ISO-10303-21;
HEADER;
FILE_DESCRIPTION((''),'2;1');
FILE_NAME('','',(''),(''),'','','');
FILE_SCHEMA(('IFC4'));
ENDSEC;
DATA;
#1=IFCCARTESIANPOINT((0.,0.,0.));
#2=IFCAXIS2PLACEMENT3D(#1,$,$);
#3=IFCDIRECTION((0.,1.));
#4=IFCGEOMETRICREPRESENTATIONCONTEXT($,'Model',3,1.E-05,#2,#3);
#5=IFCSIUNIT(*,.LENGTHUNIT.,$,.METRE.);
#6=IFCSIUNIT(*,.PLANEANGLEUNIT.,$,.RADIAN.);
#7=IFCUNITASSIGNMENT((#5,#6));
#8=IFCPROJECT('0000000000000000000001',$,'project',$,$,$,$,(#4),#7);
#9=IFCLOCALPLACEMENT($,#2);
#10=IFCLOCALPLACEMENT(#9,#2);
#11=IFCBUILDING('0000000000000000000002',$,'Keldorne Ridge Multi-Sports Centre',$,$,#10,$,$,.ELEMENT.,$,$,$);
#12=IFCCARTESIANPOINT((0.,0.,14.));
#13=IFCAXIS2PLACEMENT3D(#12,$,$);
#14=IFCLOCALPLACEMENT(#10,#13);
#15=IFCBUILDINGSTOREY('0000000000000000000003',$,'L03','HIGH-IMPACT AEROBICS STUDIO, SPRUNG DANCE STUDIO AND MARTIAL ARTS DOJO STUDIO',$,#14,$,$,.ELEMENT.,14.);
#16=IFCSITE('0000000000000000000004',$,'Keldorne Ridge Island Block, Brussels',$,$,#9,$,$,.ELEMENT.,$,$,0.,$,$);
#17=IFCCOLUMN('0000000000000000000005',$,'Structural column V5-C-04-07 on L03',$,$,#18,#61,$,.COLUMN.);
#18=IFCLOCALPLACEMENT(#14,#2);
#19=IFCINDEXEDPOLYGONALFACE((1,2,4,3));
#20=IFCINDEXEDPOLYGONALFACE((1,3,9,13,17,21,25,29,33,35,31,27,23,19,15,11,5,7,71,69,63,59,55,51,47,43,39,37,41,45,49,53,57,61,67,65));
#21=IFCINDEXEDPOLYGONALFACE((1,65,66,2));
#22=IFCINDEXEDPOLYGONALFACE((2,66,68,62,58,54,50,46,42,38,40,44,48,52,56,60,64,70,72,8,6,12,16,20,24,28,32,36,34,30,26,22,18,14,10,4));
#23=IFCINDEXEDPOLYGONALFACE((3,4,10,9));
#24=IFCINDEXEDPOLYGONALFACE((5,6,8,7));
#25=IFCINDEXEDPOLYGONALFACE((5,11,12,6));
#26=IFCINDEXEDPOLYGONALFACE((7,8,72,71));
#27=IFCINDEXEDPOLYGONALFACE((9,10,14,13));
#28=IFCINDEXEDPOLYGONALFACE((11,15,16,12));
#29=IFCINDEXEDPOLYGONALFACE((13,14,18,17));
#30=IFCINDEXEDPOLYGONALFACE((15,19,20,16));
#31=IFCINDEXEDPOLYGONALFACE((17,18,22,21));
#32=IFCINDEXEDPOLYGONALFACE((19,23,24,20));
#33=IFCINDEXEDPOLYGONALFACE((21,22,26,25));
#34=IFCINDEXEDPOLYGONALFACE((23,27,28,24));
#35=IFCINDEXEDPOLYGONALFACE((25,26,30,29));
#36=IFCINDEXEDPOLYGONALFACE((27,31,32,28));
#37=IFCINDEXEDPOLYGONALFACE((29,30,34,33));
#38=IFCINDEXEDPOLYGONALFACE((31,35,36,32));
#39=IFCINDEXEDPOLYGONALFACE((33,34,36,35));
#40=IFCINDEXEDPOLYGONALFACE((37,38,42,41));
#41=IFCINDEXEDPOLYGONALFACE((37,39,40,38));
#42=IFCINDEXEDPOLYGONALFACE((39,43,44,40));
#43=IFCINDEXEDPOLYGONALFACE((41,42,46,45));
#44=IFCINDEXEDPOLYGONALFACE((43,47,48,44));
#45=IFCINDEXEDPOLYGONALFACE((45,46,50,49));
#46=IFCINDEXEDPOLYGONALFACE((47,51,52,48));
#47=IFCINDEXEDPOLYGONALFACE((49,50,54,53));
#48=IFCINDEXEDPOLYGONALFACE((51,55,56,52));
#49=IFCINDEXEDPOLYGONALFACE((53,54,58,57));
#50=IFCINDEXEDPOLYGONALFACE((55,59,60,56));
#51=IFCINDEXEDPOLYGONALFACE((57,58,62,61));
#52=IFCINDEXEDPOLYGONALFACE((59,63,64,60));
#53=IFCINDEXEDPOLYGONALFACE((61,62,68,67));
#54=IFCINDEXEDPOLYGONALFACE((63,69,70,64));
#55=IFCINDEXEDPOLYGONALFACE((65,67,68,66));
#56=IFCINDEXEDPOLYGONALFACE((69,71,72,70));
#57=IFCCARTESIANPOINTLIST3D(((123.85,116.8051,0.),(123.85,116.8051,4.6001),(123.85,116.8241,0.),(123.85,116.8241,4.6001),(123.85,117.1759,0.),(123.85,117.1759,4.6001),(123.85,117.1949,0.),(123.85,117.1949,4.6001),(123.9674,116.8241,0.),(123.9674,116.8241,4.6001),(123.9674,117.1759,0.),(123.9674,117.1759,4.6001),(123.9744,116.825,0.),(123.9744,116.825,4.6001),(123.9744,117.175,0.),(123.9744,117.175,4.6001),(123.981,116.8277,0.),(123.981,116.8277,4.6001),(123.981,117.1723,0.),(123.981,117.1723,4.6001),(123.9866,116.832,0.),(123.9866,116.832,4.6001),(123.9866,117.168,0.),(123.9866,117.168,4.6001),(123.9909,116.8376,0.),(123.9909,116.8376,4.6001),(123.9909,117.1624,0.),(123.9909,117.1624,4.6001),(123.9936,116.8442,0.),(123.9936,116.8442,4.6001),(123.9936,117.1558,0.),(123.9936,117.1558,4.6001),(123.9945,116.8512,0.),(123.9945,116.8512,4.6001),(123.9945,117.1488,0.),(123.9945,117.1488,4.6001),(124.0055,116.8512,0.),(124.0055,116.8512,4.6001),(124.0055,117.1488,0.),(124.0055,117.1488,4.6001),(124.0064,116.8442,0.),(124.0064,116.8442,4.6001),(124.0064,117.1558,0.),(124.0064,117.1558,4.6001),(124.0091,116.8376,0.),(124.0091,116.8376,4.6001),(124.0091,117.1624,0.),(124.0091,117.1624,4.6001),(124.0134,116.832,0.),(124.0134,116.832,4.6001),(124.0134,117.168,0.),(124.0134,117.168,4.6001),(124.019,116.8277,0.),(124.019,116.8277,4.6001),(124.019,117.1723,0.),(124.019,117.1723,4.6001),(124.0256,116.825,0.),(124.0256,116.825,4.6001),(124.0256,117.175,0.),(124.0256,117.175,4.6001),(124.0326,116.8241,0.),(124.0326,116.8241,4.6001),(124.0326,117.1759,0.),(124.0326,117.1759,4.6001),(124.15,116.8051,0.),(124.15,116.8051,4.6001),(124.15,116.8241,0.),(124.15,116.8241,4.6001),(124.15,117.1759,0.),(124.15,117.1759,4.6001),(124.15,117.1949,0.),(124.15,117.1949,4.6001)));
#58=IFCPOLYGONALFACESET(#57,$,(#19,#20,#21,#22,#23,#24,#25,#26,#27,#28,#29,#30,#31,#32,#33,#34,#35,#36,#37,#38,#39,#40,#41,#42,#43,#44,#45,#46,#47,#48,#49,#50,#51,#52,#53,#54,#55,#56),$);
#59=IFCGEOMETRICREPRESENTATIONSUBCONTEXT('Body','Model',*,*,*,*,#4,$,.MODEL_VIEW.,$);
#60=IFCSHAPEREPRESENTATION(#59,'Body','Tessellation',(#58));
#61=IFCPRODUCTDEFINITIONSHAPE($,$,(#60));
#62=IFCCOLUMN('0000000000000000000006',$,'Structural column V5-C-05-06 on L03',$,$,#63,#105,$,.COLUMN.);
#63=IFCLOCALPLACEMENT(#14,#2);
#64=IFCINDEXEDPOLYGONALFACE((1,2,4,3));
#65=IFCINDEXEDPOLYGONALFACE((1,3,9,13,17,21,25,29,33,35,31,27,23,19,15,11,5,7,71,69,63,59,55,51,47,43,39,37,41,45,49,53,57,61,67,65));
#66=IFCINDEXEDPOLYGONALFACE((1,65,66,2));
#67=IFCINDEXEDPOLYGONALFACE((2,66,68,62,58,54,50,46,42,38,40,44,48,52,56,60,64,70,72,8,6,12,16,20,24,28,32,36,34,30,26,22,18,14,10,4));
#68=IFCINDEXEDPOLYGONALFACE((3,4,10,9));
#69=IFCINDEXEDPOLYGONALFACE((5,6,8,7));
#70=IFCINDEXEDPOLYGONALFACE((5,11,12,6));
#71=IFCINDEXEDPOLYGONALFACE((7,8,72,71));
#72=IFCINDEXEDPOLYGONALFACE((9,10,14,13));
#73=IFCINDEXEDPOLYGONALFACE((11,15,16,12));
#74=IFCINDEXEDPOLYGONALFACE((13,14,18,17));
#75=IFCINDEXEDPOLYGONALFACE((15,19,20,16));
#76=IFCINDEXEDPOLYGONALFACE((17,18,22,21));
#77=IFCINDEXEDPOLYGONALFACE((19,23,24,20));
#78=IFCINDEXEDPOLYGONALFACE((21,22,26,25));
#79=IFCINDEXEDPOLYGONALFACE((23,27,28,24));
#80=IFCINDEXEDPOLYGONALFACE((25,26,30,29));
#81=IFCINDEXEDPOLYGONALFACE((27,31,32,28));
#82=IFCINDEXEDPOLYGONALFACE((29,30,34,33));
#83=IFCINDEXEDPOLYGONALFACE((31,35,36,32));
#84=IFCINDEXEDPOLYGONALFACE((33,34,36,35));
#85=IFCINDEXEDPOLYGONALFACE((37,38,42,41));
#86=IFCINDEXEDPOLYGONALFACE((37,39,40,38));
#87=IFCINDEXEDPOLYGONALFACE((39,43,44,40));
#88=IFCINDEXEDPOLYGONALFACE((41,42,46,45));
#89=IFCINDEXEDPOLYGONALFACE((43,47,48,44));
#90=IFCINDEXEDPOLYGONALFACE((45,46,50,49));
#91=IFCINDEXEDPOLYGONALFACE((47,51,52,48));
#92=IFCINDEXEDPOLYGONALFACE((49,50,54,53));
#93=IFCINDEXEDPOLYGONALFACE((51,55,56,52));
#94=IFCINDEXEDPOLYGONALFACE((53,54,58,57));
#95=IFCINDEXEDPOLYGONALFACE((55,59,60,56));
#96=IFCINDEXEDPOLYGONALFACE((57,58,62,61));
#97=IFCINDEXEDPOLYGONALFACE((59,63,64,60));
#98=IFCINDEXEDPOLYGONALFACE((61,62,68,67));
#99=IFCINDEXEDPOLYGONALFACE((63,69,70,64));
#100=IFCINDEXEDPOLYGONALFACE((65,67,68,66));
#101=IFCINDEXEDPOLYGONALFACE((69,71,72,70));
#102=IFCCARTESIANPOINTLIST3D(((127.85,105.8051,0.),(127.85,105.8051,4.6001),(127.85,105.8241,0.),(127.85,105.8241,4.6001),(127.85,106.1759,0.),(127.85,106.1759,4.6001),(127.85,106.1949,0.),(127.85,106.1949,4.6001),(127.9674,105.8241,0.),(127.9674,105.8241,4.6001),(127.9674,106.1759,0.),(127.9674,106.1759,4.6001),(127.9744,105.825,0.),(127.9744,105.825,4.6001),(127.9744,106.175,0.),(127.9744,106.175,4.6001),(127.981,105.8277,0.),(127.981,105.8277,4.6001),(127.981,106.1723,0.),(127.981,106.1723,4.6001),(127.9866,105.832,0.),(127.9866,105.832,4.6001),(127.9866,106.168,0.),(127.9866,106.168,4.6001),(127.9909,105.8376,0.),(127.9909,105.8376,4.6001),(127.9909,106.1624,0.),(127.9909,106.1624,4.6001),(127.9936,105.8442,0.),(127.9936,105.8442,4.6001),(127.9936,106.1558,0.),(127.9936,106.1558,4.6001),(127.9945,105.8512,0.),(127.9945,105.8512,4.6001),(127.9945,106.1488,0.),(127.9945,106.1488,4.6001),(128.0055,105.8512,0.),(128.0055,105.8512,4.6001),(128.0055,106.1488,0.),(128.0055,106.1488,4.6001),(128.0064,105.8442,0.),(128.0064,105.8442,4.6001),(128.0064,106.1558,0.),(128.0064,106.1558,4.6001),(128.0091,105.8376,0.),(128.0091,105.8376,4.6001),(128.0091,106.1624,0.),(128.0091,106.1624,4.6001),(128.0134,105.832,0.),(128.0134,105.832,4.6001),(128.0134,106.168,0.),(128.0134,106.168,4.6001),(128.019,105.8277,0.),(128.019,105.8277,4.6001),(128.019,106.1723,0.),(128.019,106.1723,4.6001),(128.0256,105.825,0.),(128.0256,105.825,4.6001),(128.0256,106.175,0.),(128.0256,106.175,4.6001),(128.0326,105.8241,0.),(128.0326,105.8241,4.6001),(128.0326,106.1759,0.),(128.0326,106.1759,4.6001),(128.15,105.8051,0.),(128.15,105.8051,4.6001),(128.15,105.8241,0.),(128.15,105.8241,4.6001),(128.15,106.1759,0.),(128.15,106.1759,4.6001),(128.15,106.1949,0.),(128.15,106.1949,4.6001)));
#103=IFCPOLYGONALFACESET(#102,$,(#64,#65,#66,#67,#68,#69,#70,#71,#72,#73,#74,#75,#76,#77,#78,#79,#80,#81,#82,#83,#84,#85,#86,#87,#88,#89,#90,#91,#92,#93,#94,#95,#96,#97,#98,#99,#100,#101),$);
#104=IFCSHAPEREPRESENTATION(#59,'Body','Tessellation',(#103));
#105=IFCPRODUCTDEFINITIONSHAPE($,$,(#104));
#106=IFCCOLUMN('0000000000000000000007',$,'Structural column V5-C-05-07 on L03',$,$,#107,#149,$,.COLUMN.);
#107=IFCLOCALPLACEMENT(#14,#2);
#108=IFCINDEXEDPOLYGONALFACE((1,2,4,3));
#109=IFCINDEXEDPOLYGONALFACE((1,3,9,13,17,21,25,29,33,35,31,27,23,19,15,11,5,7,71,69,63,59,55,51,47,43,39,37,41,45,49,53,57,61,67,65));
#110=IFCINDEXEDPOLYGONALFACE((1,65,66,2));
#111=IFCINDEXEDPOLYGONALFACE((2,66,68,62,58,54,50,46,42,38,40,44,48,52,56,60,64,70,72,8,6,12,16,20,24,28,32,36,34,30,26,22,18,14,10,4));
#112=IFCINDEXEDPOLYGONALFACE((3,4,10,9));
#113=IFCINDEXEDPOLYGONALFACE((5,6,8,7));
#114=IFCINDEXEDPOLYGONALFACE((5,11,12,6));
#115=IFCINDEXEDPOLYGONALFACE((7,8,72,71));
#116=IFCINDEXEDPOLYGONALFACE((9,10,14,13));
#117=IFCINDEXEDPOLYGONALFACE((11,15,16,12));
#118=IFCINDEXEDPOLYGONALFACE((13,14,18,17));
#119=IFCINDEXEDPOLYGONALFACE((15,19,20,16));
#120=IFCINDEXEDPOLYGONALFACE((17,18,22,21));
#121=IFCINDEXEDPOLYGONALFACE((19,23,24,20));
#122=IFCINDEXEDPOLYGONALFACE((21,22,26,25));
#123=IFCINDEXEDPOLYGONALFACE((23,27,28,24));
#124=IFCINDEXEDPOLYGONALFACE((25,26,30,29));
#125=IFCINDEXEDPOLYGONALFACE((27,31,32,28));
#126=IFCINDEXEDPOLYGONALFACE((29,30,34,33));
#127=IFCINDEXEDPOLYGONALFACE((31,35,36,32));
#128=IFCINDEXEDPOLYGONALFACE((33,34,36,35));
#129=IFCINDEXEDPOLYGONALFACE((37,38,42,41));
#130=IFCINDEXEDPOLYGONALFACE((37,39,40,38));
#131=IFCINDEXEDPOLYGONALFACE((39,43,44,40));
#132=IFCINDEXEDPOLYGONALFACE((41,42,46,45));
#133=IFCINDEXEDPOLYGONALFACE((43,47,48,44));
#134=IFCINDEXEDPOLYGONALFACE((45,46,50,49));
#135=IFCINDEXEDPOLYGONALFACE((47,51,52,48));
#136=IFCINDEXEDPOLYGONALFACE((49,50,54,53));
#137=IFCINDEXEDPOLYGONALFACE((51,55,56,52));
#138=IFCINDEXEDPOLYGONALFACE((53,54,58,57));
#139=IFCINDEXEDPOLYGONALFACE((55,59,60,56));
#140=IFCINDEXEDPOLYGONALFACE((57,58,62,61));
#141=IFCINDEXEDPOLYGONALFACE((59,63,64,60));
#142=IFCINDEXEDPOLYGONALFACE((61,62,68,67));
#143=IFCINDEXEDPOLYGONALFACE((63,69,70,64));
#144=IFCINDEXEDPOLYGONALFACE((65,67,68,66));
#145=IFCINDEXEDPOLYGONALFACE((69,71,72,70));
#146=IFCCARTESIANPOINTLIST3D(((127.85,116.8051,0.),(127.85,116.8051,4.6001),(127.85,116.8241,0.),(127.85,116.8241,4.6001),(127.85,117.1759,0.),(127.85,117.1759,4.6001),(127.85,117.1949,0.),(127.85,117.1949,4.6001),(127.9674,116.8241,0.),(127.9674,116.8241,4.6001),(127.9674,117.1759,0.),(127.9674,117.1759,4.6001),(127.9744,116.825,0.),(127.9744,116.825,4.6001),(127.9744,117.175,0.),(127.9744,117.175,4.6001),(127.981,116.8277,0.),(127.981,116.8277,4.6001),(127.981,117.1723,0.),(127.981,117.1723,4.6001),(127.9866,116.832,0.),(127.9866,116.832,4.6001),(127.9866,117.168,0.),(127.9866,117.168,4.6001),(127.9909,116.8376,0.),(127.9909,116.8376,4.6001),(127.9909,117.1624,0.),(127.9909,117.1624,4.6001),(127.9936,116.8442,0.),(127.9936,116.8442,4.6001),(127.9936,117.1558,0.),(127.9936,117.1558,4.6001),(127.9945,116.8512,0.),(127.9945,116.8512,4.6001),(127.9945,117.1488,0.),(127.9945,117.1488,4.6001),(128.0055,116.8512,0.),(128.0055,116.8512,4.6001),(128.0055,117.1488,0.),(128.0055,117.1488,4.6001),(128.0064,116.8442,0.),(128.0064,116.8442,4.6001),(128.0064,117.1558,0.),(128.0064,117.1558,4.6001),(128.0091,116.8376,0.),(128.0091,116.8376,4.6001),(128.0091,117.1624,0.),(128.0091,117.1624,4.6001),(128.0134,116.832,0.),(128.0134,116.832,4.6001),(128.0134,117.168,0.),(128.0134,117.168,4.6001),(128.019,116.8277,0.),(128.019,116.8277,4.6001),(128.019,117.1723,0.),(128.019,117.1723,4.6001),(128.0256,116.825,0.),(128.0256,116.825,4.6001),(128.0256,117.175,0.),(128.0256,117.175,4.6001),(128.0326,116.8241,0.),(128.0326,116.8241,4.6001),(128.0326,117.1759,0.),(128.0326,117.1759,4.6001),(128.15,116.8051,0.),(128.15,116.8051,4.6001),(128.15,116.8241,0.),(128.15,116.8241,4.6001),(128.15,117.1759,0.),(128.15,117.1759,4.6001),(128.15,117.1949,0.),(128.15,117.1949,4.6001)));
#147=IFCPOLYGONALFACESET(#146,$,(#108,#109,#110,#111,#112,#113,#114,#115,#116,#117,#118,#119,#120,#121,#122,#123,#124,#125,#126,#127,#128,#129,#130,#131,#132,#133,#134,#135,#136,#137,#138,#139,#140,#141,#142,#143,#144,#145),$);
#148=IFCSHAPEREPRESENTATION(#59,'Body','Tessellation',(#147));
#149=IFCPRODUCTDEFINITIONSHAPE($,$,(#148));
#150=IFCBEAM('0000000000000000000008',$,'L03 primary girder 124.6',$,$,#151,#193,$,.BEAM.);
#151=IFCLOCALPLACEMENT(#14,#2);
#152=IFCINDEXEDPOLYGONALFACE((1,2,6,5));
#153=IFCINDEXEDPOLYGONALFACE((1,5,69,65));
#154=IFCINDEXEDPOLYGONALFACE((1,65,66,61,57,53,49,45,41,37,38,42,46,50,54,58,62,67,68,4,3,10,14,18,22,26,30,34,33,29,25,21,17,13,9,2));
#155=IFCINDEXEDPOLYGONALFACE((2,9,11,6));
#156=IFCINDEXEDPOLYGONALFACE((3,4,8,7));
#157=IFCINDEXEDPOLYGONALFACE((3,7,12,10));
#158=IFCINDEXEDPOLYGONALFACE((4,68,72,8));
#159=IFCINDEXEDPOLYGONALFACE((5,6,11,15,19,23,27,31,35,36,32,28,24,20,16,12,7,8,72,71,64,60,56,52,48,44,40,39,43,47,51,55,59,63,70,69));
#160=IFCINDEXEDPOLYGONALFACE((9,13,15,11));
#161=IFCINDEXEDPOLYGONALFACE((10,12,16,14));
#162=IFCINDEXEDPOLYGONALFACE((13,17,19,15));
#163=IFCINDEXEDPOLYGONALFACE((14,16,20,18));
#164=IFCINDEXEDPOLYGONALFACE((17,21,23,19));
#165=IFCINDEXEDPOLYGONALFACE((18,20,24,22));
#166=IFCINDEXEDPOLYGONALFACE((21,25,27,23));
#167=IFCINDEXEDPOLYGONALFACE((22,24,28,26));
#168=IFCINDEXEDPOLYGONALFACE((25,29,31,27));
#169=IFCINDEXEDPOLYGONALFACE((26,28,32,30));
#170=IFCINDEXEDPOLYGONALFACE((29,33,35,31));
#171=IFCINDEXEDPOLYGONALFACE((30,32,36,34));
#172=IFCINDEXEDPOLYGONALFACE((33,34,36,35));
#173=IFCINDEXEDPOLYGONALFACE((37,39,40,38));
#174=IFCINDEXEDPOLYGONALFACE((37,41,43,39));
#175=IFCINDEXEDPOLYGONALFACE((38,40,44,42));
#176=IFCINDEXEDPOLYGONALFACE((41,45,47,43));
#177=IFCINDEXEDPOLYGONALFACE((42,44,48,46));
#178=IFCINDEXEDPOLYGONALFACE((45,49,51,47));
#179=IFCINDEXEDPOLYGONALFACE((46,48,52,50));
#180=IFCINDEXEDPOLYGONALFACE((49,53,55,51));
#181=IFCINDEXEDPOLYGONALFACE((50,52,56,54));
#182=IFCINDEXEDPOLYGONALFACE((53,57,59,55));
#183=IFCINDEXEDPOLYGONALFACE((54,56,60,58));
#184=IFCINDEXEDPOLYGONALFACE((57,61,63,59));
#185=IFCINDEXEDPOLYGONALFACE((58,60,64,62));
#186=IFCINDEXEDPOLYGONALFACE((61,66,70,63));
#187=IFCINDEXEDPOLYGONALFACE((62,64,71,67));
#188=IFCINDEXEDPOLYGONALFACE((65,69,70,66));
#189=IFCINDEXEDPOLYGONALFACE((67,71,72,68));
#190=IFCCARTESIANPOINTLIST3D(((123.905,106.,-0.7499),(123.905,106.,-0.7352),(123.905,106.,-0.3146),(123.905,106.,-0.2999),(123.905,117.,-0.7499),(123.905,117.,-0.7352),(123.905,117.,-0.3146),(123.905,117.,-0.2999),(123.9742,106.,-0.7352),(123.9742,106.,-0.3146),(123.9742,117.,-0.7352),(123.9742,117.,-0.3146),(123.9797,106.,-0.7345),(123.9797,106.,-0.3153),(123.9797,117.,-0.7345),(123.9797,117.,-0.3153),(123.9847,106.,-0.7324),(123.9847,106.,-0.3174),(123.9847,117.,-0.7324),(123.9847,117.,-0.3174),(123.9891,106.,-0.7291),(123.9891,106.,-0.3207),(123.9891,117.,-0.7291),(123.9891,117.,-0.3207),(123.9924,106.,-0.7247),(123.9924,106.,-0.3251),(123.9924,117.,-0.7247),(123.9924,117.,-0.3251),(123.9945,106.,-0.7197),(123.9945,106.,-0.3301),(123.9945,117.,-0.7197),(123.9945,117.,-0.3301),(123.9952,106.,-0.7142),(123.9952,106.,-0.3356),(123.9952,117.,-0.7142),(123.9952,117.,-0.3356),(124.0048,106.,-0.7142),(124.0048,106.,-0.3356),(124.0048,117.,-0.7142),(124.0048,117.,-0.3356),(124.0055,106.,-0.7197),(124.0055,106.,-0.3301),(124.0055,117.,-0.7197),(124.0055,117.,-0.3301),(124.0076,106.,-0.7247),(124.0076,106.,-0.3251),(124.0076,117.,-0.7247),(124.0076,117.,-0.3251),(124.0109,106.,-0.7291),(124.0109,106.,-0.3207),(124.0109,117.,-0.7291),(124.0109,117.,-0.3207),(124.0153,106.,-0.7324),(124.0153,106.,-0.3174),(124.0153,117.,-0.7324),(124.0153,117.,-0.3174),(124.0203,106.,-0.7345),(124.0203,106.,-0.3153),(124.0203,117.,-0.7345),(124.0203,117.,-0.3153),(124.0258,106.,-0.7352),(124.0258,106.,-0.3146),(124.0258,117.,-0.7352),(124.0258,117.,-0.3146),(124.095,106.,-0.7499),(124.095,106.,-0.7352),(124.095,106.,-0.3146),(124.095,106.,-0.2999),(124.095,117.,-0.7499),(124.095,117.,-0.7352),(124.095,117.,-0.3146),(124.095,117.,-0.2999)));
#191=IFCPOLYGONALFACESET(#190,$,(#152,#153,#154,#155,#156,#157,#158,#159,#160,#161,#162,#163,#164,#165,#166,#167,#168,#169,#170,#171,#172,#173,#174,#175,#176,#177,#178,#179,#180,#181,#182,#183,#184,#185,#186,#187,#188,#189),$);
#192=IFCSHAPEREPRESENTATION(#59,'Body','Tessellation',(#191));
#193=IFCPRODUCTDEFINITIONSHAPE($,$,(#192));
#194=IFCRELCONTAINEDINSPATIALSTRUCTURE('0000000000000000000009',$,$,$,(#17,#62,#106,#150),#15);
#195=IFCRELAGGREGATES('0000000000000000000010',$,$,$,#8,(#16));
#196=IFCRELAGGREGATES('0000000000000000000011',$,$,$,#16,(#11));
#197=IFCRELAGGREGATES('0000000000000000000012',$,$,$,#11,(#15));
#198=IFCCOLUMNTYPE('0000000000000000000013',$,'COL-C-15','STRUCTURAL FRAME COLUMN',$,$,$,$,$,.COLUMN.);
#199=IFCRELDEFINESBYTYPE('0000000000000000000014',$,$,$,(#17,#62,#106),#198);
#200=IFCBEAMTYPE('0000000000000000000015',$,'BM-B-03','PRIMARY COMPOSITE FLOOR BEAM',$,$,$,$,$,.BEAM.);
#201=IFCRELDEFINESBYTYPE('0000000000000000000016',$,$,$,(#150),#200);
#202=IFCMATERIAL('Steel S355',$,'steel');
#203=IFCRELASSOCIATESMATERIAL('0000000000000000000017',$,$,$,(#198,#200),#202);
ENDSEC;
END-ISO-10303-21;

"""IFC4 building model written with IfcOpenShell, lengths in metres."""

from ifc_helpers import new_model, si_unit, direction, frame, origin, origin_2d, place, context, subcontext, project, spatial, i_section, extrude, material, material_profile, profile_set, type_object, element, save


model = new_model("IFC4")

# Units and contexts
model_context = context("Model", 3, precision=1e-05, world=origin(), true_north=direction((0.0, 1.0)))
body_context = subcontext(model_context, "Body", "Model", "MODEL_VIEW")
ifc_project = project(units=[si_unit("LENGTHUNIT", "METRE"), si_unit("PLANEANGLEUNIT", "RADIAN")], contexts=[model_context])

# Site, building, storey
site_placement = place(None, origin())
site = spatial("IfcSite", under=ifc_project, at=site_placement, Name="Keldorne Ridge Island Block, Brussels", CompositionType="ELEMENT", RefElevation=0.0)
building_placement = place(site_placement, origin())
building = spatial("IfcBuilding", under=site, at=building_placement, Name="Keldorne Ridge Multi-Sports Centre", CompositionType="ELEMENT")
storey_placement = place(building_placement, frame((0.0, 0.0, 14.0)))
storey = spatial("IfcBuildingStorey", under=building, at=storey_placement, Name="L03", Description="HIGH-IMPACT AEROBICS STUDIO, SPRUNG DANCE STUDIO AND MARTIAL ARTS DOJO STUDIO", CompositionType="ELEMENT", Elevation=14.0)

# Columns
ifc_material_1 = material(Name="Steel S355", Category="steel")
ifc_material_profile_1 = material_profile(ifc_material_1, i_section(OverallWidth=0.3, OverallDepth=0.3899, WebThickness=0.011, FlangeThickness=0.019, FilletRadius=0.0271, at=origin_2d()), Name="HEA 400")
ifc_profile_set_1 = profile_set([ifc_material_profile_1], Name="Steel S355")
column_type = type_object("IfcColumnType", Name="COL-C-15", Description="STRUCTURAL FRAME COLUMN", PredefinedType="COLUMN", material=ifc_profile_set_1)
for number, where, z_axis, x_axis, name in (
    (1, (124.0, 117.0, 0.0), (0.0, 0.0, 1.0), (1.0, 0.0, 0.0), "Structural column V5-C-04-07 on L03"),
    (2, (128.0, 106.0, 0.0), (0.0, 0.0, 1.0), (1.0, 0.0, 0.0), "Structural column V5-C-05-06 on L03"),
    (3, (128.0, 117.0, 0.0), (0.0, 0.0, 1.0), (1.0, 0.0, 0.0), "Structural column V5-C-05-07 on L03"),
):
    element("IfcColumn", number, at=place(storey_placement, frame(where, z_axis=z_axis, x_axis=x_axis)), inside=storey, type_object=column_type, Name=name, PredefinedType="COLUMN", context=body_context, shape_type="SweptSolid", body=[
        extrude(i_section(OverallWidth=0.3, OverallDepth=0.3899, WebThickness=0.011, FlangeThickness=0.019, FilletRadius=0.0271, at=origin_2d()), origin(), (0.0, 0.0, 1.0), 4.6001),
    ])

# Beam
ifc_material_profile_2 = material_profile(ifc_material_1, i_section(OverallWidth=0.1899, OverallDepth=0.45, WebThickness=0.0095, FlangeThickness=0.0146, FilletRadius=0.021, at=origin_2d()), Name="IPE 450")
ifc_profile_set_2 = profile_set([ifc_material_profile_2], Name="Steel S355")
beam_type_1 = type_object("IfcBeamType", Name="BM-B-03", Description="PRIMARY COMPOSITE FLOOR BEAM", PredefinedType="BEAM", material=ifc_profile_set_2)
for number, where, z_axis, x_axis, name in (
    (4, (124.0, 106.0, -0.5249), (0.0, 1.0, 0.0), (-1.0, 0.0, 0.0), "L03 primary girder 124.6"),
):
    element("IfcBeam", number, at=place(storey_placement, frame(where, z_axis=z_axis, x_axis=x_axis)), inside=storey, type_object=beam_type_1, Name=name, PredefinedType="BEAM", context=body_context, shape_type="SweptSolid", body=[
        extrude(i_section(OverallWidth=0.1899, OverallDepth=0.45, WebThickness=0.0095, FlangeThickness=0.0146, FilletRadius=0.021, at=origin_2d()), origin(), (0.0, 0.0, 1.0), 11.0),
    ])

save(model, "model.ifc")
